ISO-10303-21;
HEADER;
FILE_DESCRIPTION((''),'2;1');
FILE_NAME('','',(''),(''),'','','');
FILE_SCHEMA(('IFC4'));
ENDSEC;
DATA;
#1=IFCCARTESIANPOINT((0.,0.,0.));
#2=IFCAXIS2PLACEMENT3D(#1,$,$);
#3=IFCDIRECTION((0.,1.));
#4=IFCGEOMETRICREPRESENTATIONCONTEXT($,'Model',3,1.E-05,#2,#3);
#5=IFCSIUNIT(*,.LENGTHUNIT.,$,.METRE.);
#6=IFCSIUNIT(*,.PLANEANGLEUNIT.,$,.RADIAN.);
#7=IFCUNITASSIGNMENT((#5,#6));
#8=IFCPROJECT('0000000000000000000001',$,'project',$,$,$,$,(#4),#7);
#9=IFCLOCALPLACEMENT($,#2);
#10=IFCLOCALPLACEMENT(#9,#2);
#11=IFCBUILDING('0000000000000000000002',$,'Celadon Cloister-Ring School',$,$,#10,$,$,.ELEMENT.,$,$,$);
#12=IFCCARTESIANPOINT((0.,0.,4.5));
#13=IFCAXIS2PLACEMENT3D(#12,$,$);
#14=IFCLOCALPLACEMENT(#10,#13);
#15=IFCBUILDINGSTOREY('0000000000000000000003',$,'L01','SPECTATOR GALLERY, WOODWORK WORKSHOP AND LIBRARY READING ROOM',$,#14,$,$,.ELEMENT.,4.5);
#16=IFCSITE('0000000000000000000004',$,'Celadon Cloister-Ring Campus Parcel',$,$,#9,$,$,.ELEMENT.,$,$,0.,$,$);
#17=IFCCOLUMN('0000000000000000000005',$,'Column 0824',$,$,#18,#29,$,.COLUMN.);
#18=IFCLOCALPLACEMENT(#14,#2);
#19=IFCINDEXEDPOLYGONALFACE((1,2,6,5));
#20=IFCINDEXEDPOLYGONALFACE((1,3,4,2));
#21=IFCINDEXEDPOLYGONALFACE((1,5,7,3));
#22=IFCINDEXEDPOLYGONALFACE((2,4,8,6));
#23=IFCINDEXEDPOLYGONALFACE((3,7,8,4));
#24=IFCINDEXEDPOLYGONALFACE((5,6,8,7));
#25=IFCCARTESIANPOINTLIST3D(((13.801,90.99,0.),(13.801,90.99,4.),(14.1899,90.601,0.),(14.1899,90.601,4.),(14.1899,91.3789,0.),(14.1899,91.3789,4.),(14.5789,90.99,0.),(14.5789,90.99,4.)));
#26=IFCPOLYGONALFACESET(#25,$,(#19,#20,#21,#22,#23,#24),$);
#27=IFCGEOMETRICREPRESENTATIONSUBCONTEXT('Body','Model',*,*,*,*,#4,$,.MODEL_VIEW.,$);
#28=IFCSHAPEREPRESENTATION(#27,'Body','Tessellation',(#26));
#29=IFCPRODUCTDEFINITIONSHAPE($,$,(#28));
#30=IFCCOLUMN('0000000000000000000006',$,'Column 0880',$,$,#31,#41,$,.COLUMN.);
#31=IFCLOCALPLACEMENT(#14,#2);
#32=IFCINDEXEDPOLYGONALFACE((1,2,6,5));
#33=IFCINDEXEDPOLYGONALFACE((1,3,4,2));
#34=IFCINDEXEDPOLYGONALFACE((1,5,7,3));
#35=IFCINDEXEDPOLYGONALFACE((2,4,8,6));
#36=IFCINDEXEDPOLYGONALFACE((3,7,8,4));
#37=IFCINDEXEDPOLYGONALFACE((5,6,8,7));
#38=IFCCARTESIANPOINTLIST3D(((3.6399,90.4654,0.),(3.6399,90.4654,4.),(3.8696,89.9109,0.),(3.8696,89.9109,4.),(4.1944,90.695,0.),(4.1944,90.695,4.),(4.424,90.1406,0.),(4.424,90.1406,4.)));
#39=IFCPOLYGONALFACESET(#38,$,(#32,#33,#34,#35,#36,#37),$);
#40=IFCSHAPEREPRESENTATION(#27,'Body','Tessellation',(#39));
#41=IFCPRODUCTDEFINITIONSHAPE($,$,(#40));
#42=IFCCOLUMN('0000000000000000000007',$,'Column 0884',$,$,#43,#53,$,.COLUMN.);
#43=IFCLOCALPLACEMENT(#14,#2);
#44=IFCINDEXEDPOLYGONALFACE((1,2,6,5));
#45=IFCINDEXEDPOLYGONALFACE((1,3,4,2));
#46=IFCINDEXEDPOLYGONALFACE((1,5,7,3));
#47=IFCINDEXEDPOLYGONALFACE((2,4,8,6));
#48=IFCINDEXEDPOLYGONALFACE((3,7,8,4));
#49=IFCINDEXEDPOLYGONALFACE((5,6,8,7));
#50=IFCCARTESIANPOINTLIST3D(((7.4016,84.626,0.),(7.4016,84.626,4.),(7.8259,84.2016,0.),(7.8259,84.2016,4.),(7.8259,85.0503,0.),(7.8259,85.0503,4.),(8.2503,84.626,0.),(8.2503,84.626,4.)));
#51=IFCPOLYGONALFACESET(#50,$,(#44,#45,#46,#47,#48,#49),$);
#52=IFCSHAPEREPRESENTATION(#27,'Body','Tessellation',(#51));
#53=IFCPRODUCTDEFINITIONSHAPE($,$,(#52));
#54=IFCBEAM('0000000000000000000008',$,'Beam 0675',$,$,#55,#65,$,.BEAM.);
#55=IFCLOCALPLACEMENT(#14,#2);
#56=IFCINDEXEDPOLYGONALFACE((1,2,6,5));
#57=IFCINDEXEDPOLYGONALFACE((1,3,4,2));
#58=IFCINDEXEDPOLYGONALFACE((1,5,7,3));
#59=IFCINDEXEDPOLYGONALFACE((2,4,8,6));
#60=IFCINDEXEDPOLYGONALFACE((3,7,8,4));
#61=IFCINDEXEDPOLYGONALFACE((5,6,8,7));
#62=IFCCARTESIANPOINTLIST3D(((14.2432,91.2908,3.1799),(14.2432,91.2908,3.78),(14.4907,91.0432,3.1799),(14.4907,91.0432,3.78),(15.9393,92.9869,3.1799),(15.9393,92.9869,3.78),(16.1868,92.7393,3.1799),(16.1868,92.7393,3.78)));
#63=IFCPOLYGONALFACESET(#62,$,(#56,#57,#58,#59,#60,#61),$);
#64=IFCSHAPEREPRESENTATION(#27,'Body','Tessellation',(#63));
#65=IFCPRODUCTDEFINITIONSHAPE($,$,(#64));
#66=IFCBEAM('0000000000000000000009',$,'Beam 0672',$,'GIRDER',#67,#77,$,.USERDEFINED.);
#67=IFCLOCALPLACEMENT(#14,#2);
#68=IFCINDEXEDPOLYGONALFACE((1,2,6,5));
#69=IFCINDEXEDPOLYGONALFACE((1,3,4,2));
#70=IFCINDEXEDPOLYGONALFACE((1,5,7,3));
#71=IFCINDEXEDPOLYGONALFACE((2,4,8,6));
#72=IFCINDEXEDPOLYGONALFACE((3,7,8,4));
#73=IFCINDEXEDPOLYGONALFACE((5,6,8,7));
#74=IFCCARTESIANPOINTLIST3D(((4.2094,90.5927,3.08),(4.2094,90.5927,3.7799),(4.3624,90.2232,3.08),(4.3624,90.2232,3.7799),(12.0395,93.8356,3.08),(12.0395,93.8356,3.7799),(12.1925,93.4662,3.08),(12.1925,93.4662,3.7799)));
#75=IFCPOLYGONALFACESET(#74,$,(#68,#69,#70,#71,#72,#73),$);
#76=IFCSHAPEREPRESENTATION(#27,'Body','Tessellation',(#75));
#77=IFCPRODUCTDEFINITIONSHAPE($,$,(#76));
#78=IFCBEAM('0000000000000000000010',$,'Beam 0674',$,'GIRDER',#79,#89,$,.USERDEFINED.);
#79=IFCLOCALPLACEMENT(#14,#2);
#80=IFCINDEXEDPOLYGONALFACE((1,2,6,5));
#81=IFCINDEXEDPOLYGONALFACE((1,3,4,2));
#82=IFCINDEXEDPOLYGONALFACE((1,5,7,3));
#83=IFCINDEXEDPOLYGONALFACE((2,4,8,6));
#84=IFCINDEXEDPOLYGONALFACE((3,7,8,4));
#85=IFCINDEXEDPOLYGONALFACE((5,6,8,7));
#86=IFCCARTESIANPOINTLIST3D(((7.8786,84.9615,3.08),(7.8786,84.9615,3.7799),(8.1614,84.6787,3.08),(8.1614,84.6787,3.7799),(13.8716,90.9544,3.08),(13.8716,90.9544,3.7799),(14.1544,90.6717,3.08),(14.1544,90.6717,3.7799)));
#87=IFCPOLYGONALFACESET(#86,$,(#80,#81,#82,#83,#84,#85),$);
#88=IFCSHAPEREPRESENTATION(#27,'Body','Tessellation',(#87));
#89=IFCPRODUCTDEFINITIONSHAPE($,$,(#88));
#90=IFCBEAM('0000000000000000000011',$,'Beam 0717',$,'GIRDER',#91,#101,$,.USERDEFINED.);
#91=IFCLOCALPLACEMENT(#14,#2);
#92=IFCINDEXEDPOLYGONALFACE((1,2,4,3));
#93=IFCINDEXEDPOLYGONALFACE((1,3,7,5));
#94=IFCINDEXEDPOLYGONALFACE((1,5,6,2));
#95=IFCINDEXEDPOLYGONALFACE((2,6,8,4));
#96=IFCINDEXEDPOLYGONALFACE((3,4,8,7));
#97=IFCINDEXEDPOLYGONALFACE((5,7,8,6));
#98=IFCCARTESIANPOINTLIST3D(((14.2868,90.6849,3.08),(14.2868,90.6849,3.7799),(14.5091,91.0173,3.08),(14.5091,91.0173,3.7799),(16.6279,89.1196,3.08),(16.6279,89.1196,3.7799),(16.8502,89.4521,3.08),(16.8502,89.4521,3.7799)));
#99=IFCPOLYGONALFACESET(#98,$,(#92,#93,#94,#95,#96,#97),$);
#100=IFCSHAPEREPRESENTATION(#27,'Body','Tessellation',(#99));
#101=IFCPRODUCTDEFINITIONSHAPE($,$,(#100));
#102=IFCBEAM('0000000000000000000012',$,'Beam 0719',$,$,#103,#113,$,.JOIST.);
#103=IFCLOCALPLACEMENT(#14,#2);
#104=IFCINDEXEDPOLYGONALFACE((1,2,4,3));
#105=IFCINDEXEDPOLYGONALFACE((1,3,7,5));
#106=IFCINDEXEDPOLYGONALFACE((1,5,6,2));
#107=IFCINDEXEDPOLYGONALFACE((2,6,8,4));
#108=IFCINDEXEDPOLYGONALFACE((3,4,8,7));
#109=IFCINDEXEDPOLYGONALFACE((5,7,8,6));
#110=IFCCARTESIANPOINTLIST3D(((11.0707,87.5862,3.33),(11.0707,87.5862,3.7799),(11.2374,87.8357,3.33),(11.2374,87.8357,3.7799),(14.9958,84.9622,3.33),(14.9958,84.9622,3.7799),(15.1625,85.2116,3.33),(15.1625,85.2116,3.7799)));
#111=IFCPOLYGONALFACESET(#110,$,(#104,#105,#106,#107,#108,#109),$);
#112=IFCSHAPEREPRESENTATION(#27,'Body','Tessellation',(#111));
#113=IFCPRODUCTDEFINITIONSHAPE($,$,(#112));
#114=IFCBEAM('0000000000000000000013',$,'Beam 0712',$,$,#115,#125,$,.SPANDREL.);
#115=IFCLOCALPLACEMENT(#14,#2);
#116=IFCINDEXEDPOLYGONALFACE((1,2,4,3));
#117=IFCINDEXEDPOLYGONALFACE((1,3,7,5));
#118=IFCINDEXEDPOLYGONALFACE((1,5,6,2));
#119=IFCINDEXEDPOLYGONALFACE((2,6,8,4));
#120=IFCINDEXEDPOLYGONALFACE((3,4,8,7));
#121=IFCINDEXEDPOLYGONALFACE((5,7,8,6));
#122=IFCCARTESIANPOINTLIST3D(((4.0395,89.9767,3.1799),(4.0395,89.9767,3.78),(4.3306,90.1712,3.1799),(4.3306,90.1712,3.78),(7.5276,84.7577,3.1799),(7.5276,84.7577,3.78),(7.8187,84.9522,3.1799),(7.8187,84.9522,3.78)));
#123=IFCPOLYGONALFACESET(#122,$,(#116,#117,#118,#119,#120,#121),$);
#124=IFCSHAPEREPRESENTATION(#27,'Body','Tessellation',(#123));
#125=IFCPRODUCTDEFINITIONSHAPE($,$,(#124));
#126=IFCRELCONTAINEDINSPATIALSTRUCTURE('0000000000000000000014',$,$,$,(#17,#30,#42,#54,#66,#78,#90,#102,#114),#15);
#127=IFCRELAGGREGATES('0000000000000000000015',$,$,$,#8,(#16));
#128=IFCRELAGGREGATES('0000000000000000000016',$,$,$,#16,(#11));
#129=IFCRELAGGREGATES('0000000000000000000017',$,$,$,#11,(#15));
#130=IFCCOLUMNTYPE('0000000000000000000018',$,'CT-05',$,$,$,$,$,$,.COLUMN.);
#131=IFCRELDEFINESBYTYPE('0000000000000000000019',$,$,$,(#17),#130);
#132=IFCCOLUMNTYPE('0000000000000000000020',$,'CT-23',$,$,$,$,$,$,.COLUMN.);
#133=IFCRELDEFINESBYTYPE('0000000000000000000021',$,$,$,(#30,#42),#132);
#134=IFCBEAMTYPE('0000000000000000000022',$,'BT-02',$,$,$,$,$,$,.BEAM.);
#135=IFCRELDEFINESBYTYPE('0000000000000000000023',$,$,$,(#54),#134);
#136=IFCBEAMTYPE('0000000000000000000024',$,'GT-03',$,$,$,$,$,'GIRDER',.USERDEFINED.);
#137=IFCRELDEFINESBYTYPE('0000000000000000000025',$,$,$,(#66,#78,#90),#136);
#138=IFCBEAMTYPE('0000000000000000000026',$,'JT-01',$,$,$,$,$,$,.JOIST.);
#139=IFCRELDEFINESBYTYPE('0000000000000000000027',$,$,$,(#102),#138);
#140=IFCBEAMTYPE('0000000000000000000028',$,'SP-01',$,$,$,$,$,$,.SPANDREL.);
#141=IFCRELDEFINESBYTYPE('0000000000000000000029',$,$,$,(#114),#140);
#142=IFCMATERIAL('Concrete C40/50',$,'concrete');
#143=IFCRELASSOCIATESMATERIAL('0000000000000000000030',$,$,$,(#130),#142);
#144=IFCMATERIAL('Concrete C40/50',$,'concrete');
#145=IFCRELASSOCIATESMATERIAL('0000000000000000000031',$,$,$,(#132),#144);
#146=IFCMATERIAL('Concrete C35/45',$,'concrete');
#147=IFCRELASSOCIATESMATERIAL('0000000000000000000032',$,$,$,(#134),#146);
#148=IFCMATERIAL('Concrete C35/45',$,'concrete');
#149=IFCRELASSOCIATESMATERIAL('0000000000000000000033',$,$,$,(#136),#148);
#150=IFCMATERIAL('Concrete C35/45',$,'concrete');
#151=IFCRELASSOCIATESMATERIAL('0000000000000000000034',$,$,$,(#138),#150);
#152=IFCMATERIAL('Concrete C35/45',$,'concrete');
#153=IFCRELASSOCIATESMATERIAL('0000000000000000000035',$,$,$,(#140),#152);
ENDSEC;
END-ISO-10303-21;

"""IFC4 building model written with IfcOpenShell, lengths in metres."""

from ifc_helpers import new_model, si_unit, direction, frame, origin, origin_2d, place, context, subcontext, project, spatial, rectangle, extrude, material, material_profile, profile_set, type_object, element, save


model = new_model("IFC4")

# Units and contexts
model_context = context("Model", 3, precision=1e-05, world=origin(), true_north=direction((0.0, 1.0)))
body_context = subcontext(model_context, "Body", "Model", "MODEL_VIEW")
ifc_project = project(units=[si_unit("LENGTHUNIT", "METRE"), si_unit("PLANEANGLEUNIT", "RADIAN")], contexts=[model_context])

# Site, building, storey
site_placement = place(None, origin())
site = spatial("IfcSite", under=ifc_project, at=site_placement, Name="Celadon Cloister-Ring Campus Parcel", CompositionType="ELEMENT", RefElevation=0.0)
building_placement = place(site_placement, origin())
building = spatial("IfcBuilding", under=site, at=building_placement, Name="Celadon Cloister-Ring School", CompositionType="ELEMENT")
storey_placement = place(building_placement, frame((0.0, 0.0, 4.5)))
storey = spatial("IfcBuildingStorey", under=building, at=storey_placement, Name="L01", Description="SPECTATOR GALLERY, WOODWORK WORKSHOP AND LIBRARY READING ROOM", CompositionType="ELEMENT", Elevation=4.5)

# Columns
ifc_material_1 = material(Name="Concrete C40/50", Category="concrete")
ifc_material_profile_1 = material_profile(ifc_material_1, rectangle(XDim=0.55, YDim=0.55, at=origin_2d()), Name="RC550X550")
ifc_profile_set_1 = profile_set([ifc_material_profile_1], Name="Concrete C40/50")
column_type_1 = type_object("IfcColumnType", Name="CT-05", PredefinedType="COLUMN", material=ifc_profile_set_1)
column_placement = place(storey_placement, frame((14.1899, 90.99, 0.0), z_axis=(0.0, 0.0, 1.0), x_axis=(-0.707107, -0.707107, 0.0)))
element("IfcColumn", 1, at=column_placement, inside=storey, type_object=column_type_1, Name="Column 0824", PredefinedType="COLUMN", context=body_context, shape_type="SweptSolid", body=[
    extrude(rectangle(XDim=0.55, YDim=0.55, at=origin_2d()), origin(), (0.0, 0.0, 1.0), 4.0),
])
ifc_material_2 = material(Name="Concrete C40/50", Category="concrete")
ifc_material_profile_2 = material_profile(ifc_material_2, rectangle(XDim=0.6001, YDim=0.6001, at=origin_2d()), Name="RC600X600")
ifc_profile_set_2 = profile_set([ifc_material_profile_2], Name="Concrete C40/50")
column_type_2 = type_object("IfcColumnType", Name="CT-23", PredefinedType="COLUMN", material=ifc_profile_set_2)
for number, where, z_axis, x_axis, name in (
    (2, (4.032, 90.303, 0.0), (0.0, 0.0, 1.0), (-0.92388, -0.382683, 0.0), "Column 0880"),
    (3, (7.8259, 84.626, 0.0), (0.0, 0.0, 1.0), (-0.707107, -0.707107, 0.0), "Column 0884"),
):
    element("IfcColumn", number, at=place(storey_placement, frame(where, z_axis=z_axis, x_axis=x_axis)), inside=storey, type_object=column_type_2, Name=name, PredefinedType="COLUMN", context=body_context, shape_type="SweptSolid", body=[
        extrude(rectangle(XDim=0.6001, YDim=0.6001, at=origin_2d()), origin(), (0.0, 0.0, 1.0), 4.0),
    ])

# Beams
ifc_material_3 = material(Name="Concrete C35/45", Category="concrete")
ifc_material_profile_3 = material_profile(ifc_material_3, rectangle(XDim=0.3501, YDim=0.6001, at=origin_2d()), Name="RC350X600")
ifc_profile_set_3 = profile_set([ifc_material_profile_3], Name="Concrete C35/45")
beam_type_1 = type_object("IfcBeamType", Name="BT-02", PredefinedType="BEAM", material=ifc_profile_set_3)
beam_1_placement = place(storey_placement, frame((14.3669, 91.167, 3.48), z_axis=(0.707107, 0.707107, 0.0), x_axis=(-0.707107, 0.707107, 0.0)))
element("IfcBeam", 4, at=beam_1_placement, inside=storey, type_object=beam_type_1, Name="Beam 0675", PredefinedType="BEAM", context=body_context, shape_type="SweptSolid", body=[
    extrude(rectangle(XDim=0.3501, YDim=0.6001, at=origin_2d()), origin(), (0.0, 0.0, 1.0), 2.3987),
])
ifc_material_4 = material(Name="Concrete C35/45", Category="concrete")
ifc_material_profile_4 = material_profile(ifc_material_4, rectangle(XDim=0.3999, YDim=0.7, at=origin_2d()), Name="RC400X700")
ifc_profile_set_4 = profile_set([ifc_material_profile_4], Name="Concrete C35/45")
beam_type_2 = type_object("IfcBeamType", Name="GT-03", ElementType="GIRDER", PredefinedType="USERDEFINED", material=ifc_profile_set_4)
beam_2_placement = place(storey_placement, frame((4.2859, 90.408, 3.4299), z_axis=(0.923896, 0.382643, 0.0), x_axis=(-0.382643, 0.923896, 0.0)))
element("IfcBeam", 5, at=beam_2_placement, inside=storey, type_object=beam_type_2, Name="Beam 0672", ObjectType="GIRDER", PredefinedType="USERDEFINED", context=body_context, shape_type="SweptSolid", body=[
    extrude(rectangle(XDim=0.3999, YDim=0.7, at=origin_2d()), origin(), (0.0, 0.0, 1.0), 8.4751),
])
beam_3_placement = place(storey_placement, frame((8.02, 84.8201, 3.4299), z_axis=(0.707107, 0.707107, 0.0), x_axis=(-0.707107, 0.707107, 0.0)))
element("IfcBeam", 6, at=beam_3_placement, inside=storey, type_object=beam_type_2, Name="Beam 0674", ObjectType="GIRDER", PredefinedType="USERDEFINED", context=body_context, shape_type="SweptSolid", body=[
    extrude(rectangle(XDim=0.3999, YDim=0.7, at=origin_2d()), origin(), (0.0, 0.0, 1.0), 8.4753),
])
beam_4_placement = place(storey_placement, frame((14.3979, 90.8511, 3.4299), z_axis=(0.831316, -0.5558, 0.0), x_axis=(0.5558, 0.831316, 0.0)))
element("IfcBeam", 7, at=beam_4_placement, inside=storey, type_object=beam_type_2, Name="Beam 0717", ObjectType="GIRDER", PredefinedType="USERDEFINED", context=body_context, shape_type="SweptSolid", body=[
    extrude(rectangle(XDim=0.3999, YDim=0.7, at=origin_2d()), origin(), (0.0, 0.0, 1.0), 2.8162),
])
ifc_material_5 = material(Name="Concrete C35/45", Category="concrete")
ifc_material_profile_5 = material_profile(ifc_material_5, rectangle(XDim=0.3, YDim=0.45, at=origin_2d()), Name="RC300X450")
ifc_profile_set_5 = profile_set([ifc_material_profile_5], Name="Concrete C35/45")
beam_type_3 = type_object("IfcBeamType", Name="JT-01", PredefinedType="JOIST", material=ifc_profile_set_5)
beam_5_placement = place(storey_placement, frame((11.1541, 87.7109, 3.5549), z_axis=(0.831334, -0.555774, 0.0), x_axis=(0.555774, 0.831334, 0.0)))
element("IfcBeam", 8, at=beam_5_placement, inside=storey, type_object=beam_type_3, Name="Beam 0719", PredefinedType="JOIST", context=body_context, shape_type="SweptSolid", body=[
    extrude(rectangle(XDim=0.3, YDim=0.45, at=origin_2d()), origin(), (0.0, 0.0, 1.0), 4.7214),
])
ifc_material_6 = material(Name="Concrete C35/45", Category="concrete")
ifc_material_profile_6 = material_profile(ifc_material_6, rectangle(XDim=0.3501, YDim=0.6001, at=origin_2d()), Name="RC350X600")
ifc_profile_set_6 = profile_set([ifc_material_profile_6], Name="Concrete C35/45")
beam_type_4 = type_object("IfcBeamType", Name="SP-01", PredefinedType="SPANDREL", material=ifc_profile_set_6)
beam_6_placement = place(storey_placement, frame((4.1851, 90.074, 3.48), z_axis=(0.55566, -0.83141, 0.0), x_axis=(0.83141, 0.55566, 0.0)))
element("IfcBeam", 9, at=beam_6_placement, inside=storey, type_object=beam_type_4, Name="Beam 0712", PredefinedType="SPANDREL", context=body_context, shape_type="SweptSolid", body=[
    extrude(rectangle(XDim=0.3501, YDim=0.6001, at=origin_2d()), origin(), (0.0, 0.0, 1.0), 6.2773),
])

save(model, "model.ifc")
